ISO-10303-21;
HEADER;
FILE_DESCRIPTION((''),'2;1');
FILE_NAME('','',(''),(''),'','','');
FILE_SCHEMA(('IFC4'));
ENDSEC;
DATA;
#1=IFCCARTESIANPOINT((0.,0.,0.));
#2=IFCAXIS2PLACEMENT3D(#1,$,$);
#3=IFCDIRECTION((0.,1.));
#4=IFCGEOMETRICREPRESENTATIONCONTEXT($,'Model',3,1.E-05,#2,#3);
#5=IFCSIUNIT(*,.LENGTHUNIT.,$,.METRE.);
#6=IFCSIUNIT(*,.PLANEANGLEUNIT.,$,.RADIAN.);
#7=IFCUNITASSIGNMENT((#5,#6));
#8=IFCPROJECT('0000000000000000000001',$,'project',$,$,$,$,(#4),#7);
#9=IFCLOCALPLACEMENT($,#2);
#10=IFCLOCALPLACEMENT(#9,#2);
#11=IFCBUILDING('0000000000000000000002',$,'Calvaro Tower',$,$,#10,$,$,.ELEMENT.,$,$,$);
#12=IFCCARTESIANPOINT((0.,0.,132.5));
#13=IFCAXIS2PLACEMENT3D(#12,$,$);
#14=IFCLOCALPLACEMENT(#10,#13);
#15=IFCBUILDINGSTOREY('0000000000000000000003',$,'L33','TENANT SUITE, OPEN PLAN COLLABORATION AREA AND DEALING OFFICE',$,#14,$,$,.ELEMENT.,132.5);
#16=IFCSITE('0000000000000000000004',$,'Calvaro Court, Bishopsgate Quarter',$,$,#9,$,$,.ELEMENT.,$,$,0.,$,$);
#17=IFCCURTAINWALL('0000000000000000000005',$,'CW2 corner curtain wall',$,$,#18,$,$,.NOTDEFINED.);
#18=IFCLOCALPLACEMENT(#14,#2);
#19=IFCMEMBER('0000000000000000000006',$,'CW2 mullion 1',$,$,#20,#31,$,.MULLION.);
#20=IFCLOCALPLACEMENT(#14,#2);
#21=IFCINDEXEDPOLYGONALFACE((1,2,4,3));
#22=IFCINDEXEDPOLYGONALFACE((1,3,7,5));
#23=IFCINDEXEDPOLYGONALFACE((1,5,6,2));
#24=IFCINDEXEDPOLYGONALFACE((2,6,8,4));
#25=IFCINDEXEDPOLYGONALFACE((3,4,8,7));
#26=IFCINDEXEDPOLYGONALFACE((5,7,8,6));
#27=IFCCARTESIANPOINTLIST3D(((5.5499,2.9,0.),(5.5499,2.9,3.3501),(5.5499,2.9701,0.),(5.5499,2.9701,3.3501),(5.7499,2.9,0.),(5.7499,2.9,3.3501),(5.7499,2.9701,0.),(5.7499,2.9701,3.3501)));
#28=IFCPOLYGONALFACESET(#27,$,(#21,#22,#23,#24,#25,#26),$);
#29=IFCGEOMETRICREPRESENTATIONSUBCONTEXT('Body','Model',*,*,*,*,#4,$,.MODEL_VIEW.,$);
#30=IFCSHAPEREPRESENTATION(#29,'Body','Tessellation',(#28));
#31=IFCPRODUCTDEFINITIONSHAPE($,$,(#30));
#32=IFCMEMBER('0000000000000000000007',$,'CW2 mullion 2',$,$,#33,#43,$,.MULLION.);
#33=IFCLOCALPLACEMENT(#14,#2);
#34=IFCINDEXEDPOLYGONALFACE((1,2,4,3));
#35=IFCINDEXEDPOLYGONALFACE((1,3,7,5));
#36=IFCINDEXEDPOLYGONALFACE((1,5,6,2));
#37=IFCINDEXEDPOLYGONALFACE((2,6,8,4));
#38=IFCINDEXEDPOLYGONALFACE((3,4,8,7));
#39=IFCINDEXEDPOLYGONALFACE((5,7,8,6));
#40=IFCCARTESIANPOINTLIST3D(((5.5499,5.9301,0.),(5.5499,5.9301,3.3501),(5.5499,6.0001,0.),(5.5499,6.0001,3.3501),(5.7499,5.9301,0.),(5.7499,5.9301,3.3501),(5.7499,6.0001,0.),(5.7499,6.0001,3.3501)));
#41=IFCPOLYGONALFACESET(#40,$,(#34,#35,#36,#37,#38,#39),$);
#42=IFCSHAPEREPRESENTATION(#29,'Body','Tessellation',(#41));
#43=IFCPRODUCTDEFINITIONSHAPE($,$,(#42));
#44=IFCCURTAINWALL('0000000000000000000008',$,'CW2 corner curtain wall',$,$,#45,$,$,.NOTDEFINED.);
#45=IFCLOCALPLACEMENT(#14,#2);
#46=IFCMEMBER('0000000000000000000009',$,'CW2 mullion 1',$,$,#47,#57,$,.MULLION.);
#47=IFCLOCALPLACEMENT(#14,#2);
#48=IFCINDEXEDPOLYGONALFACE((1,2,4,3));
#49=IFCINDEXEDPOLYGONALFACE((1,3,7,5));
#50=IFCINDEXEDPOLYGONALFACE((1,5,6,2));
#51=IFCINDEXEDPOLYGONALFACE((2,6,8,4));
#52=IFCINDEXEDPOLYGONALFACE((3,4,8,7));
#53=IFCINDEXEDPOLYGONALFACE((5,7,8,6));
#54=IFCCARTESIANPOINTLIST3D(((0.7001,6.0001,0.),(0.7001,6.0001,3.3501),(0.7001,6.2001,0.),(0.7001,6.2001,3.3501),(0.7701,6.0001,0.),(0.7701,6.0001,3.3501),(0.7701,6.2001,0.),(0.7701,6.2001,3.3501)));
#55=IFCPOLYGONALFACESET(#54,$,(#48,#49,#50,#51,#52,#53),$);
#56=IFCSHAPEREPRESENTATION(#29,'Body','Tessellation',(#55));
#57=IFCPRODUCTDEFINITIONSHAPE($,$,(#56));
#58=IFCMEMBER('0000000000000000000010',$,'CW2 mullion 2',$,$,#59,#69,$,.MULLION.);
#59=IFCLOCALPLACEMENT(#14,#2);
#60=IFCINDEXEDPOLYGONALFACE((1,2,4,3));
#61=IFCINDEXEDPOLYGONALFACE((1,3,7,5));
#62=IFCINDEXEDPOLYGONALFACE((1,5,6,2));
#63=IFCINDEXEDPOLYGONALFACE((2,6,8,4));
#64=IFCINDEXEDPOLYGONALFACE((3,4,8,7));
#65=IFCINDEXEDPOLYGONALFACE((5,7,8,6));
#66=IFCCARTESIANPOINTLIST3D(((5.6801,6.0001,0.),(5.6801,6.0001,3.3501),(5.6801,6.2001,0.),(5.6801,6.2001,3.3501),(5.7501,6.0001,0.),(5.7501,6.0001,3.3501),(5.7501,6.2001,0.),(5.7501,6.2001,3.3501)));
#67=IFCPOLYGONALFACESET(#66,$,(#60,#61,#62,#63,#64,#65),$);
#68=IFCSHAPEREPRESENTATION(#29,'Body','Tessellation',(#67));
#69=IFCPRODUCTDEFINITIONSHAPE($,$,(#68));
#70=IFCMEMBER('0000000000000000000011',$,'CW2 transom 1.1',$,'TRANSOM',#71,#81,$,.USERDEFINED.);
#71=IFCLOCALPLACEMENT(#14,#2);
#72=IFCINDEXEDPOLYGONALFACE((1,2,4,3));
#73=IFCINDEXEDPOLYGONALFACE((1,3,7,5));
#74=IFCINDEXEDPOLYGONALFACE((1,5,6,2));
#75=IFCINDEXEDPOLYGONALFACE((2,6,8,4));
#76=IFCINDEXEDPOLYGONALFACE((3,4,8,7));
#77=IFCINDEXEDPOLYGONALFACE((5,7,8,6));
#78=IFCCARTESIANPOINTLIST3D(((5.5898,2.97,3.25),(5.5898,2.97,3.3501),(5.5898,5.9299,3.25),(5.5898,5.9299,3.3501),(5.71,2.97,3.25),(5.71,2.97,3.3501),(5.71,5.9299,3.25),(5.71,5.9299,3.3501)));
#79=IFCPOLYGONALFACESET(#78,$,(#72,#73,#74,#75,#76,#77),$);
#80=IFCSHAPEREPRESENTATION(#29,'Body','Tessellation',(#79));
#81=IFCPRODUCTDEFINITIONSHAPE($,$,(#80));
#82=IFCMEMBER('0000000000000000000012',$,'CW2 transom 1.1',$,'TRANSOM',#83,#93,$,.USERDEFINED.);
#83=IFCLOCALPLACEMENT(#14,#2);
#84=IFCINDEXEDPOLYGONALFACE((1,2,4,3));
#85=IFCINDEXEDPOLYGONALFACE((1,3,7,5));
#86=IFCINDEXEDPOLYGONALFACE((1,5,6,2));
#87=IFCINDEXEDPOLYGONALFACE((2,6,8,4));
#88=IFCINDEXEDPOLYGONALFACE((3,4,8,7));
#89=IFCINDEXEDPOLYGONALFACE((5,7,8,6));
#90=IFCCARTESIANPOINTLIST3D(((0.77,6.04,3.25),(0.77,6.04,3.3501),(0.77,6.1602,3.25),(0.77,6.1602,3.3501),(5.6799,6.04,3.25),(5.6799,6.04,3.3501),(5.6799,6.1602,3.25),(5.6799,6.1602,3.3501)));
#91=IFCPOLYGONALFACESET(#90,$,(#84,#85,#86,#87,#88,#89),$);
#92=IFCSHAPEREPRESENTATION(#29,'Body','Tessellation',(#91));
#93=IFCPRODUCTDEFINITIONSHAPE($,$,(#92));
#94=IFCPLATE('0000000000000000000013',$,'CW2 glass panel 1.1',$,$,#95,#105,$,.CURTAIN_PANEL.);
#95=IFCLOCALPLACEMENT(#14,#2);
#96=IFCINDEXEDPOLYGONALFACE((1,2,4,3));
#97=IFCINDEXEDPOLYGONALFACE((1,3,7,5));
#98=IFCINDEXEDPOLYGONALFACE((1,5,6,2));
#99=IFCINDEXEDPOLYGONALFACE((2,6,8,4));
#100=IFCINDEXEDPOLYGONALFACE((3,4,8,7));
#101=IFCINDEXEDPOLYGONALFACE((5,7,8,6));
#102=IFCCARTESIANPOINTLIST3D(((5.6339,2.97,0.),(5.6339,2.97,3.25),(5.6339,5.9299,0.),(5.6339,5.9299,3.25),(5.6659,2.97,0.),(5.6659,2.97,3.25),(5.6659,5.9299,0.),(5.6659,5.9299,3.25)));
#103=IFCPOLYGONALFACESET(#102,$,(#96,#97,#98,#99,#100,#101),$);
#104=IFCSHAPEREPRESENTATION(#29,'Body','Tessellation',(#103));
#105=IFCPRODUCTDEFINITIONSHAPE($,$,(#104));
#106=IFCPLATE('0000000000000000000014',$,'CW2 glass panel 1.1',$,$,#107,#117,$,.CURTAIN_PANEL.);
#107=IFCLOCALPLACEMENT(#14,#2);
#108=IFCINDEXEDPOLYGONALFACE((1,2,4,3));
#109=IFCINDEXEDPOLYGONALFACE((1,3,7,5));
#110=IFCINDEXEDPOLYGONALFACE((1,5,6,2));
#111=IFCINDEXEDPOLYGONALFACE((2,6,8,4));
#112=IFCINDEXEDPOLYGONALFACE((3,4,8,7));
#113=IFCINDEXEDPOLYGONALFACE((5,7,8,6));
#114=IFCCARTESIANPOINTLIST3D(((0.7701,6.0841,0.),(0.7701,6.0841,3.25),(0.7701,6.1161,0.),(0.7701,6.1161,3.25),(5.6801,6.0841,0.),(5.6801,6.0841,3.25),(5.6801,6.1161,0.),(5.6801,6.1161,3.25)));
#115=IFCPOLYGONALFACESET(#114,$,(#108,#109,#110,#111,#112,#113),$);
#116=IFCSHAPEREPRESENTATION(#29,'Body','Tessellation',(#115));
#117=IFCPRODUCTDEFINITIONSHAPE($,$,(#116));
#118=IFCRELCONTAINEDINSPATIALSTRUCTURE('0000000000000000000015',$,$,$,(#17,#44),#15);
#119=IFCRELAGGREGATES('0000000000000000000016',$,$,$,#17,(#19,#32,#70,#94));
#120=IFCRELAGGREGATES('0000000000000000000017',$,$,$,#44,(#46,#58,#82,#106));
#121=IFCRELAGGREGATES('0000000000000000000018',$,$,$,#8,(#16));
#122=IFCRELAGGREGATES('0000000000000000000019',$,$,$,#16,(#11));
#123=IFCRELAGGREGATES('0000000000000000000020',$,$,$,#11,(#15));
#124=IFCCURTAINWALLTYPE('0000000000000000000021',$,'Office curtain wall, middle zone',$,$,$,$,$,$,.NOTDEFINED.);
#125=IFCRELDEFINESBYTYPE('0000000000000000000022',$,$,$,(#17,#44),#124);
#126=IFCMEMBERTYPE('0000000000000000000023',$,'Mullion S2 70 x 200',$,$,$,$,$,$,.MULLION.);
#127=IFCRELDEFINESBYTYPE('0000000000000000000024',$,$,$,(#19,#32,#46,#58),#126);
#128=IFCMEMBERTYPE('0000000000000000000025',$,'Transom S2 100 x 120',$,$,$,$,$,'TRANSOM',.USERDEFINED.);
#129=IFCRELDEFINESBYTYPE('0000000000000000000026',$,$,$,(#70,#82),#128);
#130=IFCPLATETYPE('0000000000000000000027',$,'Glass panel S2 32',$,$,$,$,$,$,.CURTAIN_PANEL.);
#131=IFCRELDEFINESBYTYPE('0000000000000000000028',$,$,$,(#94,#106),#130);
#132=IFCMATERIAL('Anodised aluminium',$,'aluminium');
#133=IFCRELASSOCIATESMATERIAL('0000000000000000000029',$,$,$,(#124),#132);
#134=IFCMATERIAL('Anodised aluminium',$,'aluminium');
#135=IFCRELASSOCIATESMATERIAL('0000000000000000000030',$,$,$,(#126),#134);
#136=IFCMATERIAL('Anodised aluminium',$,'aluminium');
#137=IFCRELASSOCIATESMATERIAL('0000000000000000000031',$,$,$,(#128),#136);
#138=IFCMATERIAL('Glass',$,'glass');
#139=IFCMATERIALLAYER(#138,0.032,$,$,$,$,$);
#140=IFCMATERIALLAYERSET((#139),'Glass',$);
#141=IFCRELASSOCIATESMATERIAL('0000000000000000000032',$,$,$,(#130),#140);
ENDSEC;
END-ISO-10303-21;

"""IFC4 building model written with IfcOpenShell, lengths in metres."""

from ifc_helpers import new_model, si_unit, direction, frame, origin, origin_2d, place, context, subcontext, project, spatial, rectangle, extrude, material, layer, layer_set, material_profile, profile_set, type_object, element, aggregate, save


model = new_model("IFC4")

# Units and contexts
model_context = context("Model", 3, precision=1e-05, world=origin(), true_north=direction((0.0, 1.0)))
body_context = subcontext(model_context, "Body", "Model", "MODEL_VIEW")
ifc_project = project(units=[si_unit("LENGTHUNIT", "METRE"), si_unit("PLANEANGLEUNIT", "RADIAN")], contexts=[model_context])

# Site, building, storey
site_placement = place(None, origin())
site = spatial("IfcSite", under=ifc_project, at=site_placement, Name="Calvaro Court, Bishopsgate Quarter", CompositionType="ELEMENT", RefElevation=0.0)
building_placement = place(site_placement, origin())
building = spatial("IfcBuilding", under=site, at=building_placement, Name="Calvaro Tower", CompositionType="ELEMENT")
storey_placement = place(building_placement, frame((0.0, 0.0, 132.5)))
storey = spatial("IfcBuildingStorey", under=building, at=storey_placement, Name="L33", Description="TENANT SUITE, OPEN PLAN COLLABORATION AREA AND DEALING OFFICE", CompositionType="ELEMENT", Elevation=132.5)

# Curtain walls, members
ifc_material_1 = material(Name="Anodised aluminium", Category="aluminium")
curtain_wall_type = type_object("IfcCurtainWallType", Name="Office curtain wall, middle zone", PredefinedType="NOTDEFINED", material=ifc_material_1)
curtain_wall_1_placement = place(storey_placement, origin())
curtain_wall_1 = element("IfcCurtainWall", 1, at=curtain_wall_1_placement, inside=storey, type_object=curtain_wall_type, Name="CW2 corner curtain wall", PredefinedType="NOTDEFINED")
ifc_material_2 = material(Name="Anodised aluminium", Category="aluminium")
ifc_material_profile_1 = material_profile(ifc_material_2, rectangle(XDim=0.2, YDim=0.0701, at=origin_2d()), Name="Mullion S2 70 x 200")
ifc_profile_set_1 = profile_set([ifc_material_profile_1], Name="Anodised aluminium")
member_type_1 = type_object("IfcMemberType", Name="Mullion S2 70 x 200", PredefinedType="MULLION", material=ifc_profile_set_1)
member_1_placement = place(storey_placement, frame((5.6499, 2.9351, 0.0), z_axis=(0.0, 0.0, 1.0), x_axis=(-1.0, 0.0, 0.0)))
member_1 = element("IfcMember", 2, at=member_1_placement, type_object=member_type_1, Name="CW2 mullion 1", PredefinedType="MULLION", context=body_context, shape_type="SweptSolid", body=[
    extrude(rectangle(XDim=0.2, YDim=0.0701, at=origin_2d()), origin(), (0.0, 0.0, 1.0), 3.3501),
])
member_2_placement = place(storey_placement, frame((5.6499, 5.9651, 0.0), z_axis=(0.0, 0.0, 1.0), x_axis=(-1.0, 0.0, 0.0)))
member_2 = element("IfcMember", 3, at=member_2_placement, type_object=member_type_1, Name="CW2 mullion 2", PredefinedType="MULLION", context=body_context, shape_type="SweptSolid", body=[
    extrude(rectangle(XDim=0.2, YDim=0.0701, at=origin_2d()), origin(), (0.0, 0.0, 1.0), 3.3501),
])
curtain_wall_2_placement = place(storey_placement, origin())
curtain_wall_2 = element("IfcCurtainWall", 4, at=curtain_wall_2_placement, inside=storey, type_object=curtain_wall_type, Name="CW2 corner curtain wall", PredefinedType="NOTDEFINED")
member_3_placement = place(storey_placement, frame((0.7351, 6.1001, 0.0), z_axis=(0.0, 0.0, 1.0), x_axis=(0.0, 1.0, 0.0)))
member_3 = element("IfcMember", 5, at=member_3_placement, type_object=member_type_1, Name="CW2 mullion 1", PredefinedType="MULLION", context=body_context, shape_type="SweptSolid", body=[
    extrude(rectangle(XDim=0.2, YDim=0.0701, at=origin_2d()), origin(), (0.0, 0.0, 1.0), 3.3501),
])
member_4_placement = place(storey_placement, frame((5.7151, 6.1001, 0.0), z_axis=(0.0, 0.0, 1.0), x_axis=(0.0, 1.0, 0.0)))
member_4 = element("IfcMember", 6, at=member_4_placement, type_object=member_type_1, Name="CW2 mullion 2", PredefinedType="MULLION", context=body_context, shape_type="SweptSolid", body=[
    extrude(rectangle(XDim=0.2, YDim=0.0701, at=origin_2d()), origin(), (0.0, 0.0, 1.0), 3.3501),
])

# Members
ifc_material_3 = material(Name="Anodised aluminium", Category="aluminium")
ifc_material_profile_2 = material_profile(ifc_material_3, rectangle(XDim=0.1201, YDim=0.1001, at=origin_2d()), Name="Transom S2 100 x 120")
ifc_profile_set_2 = profile_set([ifc_material_profile_2], Name="Anodised aluminium")
member_type_2 = type_object("IfcMemberType", Name="Transom S2 100 x 120", ElementType="TRANSOM", PredefinedType="USERDEFINED", material=ifc_profile_set_2)
member_5_placement = place(storey_placement, frame((5.6499, 2.97, 3.3), z_axis=(0.0, 1.0, 0.0), x_axis=(-1.0, 0.0, 0.0)))
member_5 = element("IfcMember", 7, at=member_5_placement, type_object=member_type_2, Name="CW2 transom 1.1", ObjectType="TRANSOM", PredefinedType="USERDEFINED", context=body_context, shape_type="SweptSolid", body=[
    extrude(rectangle(XDim=0.1201, YDim=0.1001, at=origin_2d()), origin(), (0.0, 0.0, 1.0), 2.96),
])
member_6_placement = place(storey_placement, frame((0.77, 6.1001, 3.3), z_axis=(1.0, 0.0, 0.0), x_axis=(0.0, 1.0, 0.0)))
member_6 = element("IfcMember", 8, at=member_6_placement, type_object=member_type_2, Name="CW2 transom 1.1", ObjectType="TRANSOM", PredefinedType="USERDEFINED", context=body_context, shape_type="SweptSolid", body=[
    extrude(rectangle(XDim=0.1201, YDim=0.1001, at=origin_2d()), origin(), (0.0, 0.0, 1.0), 4.9099),
])

# Plates
ifc_material_4 = material(Name="Glass", Category="glass")
ifc_layer_1 = layer(ifc_material_4, 0.032)
ifc_layer_set_1 = layer_set([ifc_layer_1], Name="Glass")
plate_type = type_object("IfcPlateType", Name="Glass panel S2 32", PredefinedType="CURTAIN_PANEL", material=ifc_layer_set_1)
plate_1_placement = place(storey_placement, frame((5.6499, 4.45, 0.0), z_axis=(0.0, 0.0, 1.0), x_axis=(0.0, 1.0, 0.0)))
plate_1 = element("IfcPlate", 9, at=plate_1_placement, type_object=plate_type, Name="CW2 glass panel 1.1", PredefinedType="CURTAIN_PANEL", context=body_context, shape_type="SweptSolid", body=[
    extrude(rectangle(XDim=2.96, YDim=0.032, at=origin_2d()), origin(), (0.0, 0.0, 1.0), 3.25),
])
aggregate(curtain_wall_1, [member_1, member_2, member_5, plate_1])
plate_2_placement = place(storey_placement, frame((3.2251, 6.1001, 0.0), z_axis=(0.0, 0.0, 1.0), x_axis=(1.0, 0.0, 0.0)))
plate_2 = element("IfcPlate", 10, at=plate_2_placement, type_object=plate_type, Name="CW2 glass panel 1.1", PredefinedType="CURTAIN_PANEL", context=body_context, shape_type="SweptSolid", body=[
    extrude(rectangle(XDim=4.9099, YDim=0.032, at=origin_2d()), origin(), (0.0, 0.0, 1.0), 3.25),
])
aggregate(curtain_wall_2, [member_3, member_4, member_6, plate_2])

save(model, "model.ifc")
